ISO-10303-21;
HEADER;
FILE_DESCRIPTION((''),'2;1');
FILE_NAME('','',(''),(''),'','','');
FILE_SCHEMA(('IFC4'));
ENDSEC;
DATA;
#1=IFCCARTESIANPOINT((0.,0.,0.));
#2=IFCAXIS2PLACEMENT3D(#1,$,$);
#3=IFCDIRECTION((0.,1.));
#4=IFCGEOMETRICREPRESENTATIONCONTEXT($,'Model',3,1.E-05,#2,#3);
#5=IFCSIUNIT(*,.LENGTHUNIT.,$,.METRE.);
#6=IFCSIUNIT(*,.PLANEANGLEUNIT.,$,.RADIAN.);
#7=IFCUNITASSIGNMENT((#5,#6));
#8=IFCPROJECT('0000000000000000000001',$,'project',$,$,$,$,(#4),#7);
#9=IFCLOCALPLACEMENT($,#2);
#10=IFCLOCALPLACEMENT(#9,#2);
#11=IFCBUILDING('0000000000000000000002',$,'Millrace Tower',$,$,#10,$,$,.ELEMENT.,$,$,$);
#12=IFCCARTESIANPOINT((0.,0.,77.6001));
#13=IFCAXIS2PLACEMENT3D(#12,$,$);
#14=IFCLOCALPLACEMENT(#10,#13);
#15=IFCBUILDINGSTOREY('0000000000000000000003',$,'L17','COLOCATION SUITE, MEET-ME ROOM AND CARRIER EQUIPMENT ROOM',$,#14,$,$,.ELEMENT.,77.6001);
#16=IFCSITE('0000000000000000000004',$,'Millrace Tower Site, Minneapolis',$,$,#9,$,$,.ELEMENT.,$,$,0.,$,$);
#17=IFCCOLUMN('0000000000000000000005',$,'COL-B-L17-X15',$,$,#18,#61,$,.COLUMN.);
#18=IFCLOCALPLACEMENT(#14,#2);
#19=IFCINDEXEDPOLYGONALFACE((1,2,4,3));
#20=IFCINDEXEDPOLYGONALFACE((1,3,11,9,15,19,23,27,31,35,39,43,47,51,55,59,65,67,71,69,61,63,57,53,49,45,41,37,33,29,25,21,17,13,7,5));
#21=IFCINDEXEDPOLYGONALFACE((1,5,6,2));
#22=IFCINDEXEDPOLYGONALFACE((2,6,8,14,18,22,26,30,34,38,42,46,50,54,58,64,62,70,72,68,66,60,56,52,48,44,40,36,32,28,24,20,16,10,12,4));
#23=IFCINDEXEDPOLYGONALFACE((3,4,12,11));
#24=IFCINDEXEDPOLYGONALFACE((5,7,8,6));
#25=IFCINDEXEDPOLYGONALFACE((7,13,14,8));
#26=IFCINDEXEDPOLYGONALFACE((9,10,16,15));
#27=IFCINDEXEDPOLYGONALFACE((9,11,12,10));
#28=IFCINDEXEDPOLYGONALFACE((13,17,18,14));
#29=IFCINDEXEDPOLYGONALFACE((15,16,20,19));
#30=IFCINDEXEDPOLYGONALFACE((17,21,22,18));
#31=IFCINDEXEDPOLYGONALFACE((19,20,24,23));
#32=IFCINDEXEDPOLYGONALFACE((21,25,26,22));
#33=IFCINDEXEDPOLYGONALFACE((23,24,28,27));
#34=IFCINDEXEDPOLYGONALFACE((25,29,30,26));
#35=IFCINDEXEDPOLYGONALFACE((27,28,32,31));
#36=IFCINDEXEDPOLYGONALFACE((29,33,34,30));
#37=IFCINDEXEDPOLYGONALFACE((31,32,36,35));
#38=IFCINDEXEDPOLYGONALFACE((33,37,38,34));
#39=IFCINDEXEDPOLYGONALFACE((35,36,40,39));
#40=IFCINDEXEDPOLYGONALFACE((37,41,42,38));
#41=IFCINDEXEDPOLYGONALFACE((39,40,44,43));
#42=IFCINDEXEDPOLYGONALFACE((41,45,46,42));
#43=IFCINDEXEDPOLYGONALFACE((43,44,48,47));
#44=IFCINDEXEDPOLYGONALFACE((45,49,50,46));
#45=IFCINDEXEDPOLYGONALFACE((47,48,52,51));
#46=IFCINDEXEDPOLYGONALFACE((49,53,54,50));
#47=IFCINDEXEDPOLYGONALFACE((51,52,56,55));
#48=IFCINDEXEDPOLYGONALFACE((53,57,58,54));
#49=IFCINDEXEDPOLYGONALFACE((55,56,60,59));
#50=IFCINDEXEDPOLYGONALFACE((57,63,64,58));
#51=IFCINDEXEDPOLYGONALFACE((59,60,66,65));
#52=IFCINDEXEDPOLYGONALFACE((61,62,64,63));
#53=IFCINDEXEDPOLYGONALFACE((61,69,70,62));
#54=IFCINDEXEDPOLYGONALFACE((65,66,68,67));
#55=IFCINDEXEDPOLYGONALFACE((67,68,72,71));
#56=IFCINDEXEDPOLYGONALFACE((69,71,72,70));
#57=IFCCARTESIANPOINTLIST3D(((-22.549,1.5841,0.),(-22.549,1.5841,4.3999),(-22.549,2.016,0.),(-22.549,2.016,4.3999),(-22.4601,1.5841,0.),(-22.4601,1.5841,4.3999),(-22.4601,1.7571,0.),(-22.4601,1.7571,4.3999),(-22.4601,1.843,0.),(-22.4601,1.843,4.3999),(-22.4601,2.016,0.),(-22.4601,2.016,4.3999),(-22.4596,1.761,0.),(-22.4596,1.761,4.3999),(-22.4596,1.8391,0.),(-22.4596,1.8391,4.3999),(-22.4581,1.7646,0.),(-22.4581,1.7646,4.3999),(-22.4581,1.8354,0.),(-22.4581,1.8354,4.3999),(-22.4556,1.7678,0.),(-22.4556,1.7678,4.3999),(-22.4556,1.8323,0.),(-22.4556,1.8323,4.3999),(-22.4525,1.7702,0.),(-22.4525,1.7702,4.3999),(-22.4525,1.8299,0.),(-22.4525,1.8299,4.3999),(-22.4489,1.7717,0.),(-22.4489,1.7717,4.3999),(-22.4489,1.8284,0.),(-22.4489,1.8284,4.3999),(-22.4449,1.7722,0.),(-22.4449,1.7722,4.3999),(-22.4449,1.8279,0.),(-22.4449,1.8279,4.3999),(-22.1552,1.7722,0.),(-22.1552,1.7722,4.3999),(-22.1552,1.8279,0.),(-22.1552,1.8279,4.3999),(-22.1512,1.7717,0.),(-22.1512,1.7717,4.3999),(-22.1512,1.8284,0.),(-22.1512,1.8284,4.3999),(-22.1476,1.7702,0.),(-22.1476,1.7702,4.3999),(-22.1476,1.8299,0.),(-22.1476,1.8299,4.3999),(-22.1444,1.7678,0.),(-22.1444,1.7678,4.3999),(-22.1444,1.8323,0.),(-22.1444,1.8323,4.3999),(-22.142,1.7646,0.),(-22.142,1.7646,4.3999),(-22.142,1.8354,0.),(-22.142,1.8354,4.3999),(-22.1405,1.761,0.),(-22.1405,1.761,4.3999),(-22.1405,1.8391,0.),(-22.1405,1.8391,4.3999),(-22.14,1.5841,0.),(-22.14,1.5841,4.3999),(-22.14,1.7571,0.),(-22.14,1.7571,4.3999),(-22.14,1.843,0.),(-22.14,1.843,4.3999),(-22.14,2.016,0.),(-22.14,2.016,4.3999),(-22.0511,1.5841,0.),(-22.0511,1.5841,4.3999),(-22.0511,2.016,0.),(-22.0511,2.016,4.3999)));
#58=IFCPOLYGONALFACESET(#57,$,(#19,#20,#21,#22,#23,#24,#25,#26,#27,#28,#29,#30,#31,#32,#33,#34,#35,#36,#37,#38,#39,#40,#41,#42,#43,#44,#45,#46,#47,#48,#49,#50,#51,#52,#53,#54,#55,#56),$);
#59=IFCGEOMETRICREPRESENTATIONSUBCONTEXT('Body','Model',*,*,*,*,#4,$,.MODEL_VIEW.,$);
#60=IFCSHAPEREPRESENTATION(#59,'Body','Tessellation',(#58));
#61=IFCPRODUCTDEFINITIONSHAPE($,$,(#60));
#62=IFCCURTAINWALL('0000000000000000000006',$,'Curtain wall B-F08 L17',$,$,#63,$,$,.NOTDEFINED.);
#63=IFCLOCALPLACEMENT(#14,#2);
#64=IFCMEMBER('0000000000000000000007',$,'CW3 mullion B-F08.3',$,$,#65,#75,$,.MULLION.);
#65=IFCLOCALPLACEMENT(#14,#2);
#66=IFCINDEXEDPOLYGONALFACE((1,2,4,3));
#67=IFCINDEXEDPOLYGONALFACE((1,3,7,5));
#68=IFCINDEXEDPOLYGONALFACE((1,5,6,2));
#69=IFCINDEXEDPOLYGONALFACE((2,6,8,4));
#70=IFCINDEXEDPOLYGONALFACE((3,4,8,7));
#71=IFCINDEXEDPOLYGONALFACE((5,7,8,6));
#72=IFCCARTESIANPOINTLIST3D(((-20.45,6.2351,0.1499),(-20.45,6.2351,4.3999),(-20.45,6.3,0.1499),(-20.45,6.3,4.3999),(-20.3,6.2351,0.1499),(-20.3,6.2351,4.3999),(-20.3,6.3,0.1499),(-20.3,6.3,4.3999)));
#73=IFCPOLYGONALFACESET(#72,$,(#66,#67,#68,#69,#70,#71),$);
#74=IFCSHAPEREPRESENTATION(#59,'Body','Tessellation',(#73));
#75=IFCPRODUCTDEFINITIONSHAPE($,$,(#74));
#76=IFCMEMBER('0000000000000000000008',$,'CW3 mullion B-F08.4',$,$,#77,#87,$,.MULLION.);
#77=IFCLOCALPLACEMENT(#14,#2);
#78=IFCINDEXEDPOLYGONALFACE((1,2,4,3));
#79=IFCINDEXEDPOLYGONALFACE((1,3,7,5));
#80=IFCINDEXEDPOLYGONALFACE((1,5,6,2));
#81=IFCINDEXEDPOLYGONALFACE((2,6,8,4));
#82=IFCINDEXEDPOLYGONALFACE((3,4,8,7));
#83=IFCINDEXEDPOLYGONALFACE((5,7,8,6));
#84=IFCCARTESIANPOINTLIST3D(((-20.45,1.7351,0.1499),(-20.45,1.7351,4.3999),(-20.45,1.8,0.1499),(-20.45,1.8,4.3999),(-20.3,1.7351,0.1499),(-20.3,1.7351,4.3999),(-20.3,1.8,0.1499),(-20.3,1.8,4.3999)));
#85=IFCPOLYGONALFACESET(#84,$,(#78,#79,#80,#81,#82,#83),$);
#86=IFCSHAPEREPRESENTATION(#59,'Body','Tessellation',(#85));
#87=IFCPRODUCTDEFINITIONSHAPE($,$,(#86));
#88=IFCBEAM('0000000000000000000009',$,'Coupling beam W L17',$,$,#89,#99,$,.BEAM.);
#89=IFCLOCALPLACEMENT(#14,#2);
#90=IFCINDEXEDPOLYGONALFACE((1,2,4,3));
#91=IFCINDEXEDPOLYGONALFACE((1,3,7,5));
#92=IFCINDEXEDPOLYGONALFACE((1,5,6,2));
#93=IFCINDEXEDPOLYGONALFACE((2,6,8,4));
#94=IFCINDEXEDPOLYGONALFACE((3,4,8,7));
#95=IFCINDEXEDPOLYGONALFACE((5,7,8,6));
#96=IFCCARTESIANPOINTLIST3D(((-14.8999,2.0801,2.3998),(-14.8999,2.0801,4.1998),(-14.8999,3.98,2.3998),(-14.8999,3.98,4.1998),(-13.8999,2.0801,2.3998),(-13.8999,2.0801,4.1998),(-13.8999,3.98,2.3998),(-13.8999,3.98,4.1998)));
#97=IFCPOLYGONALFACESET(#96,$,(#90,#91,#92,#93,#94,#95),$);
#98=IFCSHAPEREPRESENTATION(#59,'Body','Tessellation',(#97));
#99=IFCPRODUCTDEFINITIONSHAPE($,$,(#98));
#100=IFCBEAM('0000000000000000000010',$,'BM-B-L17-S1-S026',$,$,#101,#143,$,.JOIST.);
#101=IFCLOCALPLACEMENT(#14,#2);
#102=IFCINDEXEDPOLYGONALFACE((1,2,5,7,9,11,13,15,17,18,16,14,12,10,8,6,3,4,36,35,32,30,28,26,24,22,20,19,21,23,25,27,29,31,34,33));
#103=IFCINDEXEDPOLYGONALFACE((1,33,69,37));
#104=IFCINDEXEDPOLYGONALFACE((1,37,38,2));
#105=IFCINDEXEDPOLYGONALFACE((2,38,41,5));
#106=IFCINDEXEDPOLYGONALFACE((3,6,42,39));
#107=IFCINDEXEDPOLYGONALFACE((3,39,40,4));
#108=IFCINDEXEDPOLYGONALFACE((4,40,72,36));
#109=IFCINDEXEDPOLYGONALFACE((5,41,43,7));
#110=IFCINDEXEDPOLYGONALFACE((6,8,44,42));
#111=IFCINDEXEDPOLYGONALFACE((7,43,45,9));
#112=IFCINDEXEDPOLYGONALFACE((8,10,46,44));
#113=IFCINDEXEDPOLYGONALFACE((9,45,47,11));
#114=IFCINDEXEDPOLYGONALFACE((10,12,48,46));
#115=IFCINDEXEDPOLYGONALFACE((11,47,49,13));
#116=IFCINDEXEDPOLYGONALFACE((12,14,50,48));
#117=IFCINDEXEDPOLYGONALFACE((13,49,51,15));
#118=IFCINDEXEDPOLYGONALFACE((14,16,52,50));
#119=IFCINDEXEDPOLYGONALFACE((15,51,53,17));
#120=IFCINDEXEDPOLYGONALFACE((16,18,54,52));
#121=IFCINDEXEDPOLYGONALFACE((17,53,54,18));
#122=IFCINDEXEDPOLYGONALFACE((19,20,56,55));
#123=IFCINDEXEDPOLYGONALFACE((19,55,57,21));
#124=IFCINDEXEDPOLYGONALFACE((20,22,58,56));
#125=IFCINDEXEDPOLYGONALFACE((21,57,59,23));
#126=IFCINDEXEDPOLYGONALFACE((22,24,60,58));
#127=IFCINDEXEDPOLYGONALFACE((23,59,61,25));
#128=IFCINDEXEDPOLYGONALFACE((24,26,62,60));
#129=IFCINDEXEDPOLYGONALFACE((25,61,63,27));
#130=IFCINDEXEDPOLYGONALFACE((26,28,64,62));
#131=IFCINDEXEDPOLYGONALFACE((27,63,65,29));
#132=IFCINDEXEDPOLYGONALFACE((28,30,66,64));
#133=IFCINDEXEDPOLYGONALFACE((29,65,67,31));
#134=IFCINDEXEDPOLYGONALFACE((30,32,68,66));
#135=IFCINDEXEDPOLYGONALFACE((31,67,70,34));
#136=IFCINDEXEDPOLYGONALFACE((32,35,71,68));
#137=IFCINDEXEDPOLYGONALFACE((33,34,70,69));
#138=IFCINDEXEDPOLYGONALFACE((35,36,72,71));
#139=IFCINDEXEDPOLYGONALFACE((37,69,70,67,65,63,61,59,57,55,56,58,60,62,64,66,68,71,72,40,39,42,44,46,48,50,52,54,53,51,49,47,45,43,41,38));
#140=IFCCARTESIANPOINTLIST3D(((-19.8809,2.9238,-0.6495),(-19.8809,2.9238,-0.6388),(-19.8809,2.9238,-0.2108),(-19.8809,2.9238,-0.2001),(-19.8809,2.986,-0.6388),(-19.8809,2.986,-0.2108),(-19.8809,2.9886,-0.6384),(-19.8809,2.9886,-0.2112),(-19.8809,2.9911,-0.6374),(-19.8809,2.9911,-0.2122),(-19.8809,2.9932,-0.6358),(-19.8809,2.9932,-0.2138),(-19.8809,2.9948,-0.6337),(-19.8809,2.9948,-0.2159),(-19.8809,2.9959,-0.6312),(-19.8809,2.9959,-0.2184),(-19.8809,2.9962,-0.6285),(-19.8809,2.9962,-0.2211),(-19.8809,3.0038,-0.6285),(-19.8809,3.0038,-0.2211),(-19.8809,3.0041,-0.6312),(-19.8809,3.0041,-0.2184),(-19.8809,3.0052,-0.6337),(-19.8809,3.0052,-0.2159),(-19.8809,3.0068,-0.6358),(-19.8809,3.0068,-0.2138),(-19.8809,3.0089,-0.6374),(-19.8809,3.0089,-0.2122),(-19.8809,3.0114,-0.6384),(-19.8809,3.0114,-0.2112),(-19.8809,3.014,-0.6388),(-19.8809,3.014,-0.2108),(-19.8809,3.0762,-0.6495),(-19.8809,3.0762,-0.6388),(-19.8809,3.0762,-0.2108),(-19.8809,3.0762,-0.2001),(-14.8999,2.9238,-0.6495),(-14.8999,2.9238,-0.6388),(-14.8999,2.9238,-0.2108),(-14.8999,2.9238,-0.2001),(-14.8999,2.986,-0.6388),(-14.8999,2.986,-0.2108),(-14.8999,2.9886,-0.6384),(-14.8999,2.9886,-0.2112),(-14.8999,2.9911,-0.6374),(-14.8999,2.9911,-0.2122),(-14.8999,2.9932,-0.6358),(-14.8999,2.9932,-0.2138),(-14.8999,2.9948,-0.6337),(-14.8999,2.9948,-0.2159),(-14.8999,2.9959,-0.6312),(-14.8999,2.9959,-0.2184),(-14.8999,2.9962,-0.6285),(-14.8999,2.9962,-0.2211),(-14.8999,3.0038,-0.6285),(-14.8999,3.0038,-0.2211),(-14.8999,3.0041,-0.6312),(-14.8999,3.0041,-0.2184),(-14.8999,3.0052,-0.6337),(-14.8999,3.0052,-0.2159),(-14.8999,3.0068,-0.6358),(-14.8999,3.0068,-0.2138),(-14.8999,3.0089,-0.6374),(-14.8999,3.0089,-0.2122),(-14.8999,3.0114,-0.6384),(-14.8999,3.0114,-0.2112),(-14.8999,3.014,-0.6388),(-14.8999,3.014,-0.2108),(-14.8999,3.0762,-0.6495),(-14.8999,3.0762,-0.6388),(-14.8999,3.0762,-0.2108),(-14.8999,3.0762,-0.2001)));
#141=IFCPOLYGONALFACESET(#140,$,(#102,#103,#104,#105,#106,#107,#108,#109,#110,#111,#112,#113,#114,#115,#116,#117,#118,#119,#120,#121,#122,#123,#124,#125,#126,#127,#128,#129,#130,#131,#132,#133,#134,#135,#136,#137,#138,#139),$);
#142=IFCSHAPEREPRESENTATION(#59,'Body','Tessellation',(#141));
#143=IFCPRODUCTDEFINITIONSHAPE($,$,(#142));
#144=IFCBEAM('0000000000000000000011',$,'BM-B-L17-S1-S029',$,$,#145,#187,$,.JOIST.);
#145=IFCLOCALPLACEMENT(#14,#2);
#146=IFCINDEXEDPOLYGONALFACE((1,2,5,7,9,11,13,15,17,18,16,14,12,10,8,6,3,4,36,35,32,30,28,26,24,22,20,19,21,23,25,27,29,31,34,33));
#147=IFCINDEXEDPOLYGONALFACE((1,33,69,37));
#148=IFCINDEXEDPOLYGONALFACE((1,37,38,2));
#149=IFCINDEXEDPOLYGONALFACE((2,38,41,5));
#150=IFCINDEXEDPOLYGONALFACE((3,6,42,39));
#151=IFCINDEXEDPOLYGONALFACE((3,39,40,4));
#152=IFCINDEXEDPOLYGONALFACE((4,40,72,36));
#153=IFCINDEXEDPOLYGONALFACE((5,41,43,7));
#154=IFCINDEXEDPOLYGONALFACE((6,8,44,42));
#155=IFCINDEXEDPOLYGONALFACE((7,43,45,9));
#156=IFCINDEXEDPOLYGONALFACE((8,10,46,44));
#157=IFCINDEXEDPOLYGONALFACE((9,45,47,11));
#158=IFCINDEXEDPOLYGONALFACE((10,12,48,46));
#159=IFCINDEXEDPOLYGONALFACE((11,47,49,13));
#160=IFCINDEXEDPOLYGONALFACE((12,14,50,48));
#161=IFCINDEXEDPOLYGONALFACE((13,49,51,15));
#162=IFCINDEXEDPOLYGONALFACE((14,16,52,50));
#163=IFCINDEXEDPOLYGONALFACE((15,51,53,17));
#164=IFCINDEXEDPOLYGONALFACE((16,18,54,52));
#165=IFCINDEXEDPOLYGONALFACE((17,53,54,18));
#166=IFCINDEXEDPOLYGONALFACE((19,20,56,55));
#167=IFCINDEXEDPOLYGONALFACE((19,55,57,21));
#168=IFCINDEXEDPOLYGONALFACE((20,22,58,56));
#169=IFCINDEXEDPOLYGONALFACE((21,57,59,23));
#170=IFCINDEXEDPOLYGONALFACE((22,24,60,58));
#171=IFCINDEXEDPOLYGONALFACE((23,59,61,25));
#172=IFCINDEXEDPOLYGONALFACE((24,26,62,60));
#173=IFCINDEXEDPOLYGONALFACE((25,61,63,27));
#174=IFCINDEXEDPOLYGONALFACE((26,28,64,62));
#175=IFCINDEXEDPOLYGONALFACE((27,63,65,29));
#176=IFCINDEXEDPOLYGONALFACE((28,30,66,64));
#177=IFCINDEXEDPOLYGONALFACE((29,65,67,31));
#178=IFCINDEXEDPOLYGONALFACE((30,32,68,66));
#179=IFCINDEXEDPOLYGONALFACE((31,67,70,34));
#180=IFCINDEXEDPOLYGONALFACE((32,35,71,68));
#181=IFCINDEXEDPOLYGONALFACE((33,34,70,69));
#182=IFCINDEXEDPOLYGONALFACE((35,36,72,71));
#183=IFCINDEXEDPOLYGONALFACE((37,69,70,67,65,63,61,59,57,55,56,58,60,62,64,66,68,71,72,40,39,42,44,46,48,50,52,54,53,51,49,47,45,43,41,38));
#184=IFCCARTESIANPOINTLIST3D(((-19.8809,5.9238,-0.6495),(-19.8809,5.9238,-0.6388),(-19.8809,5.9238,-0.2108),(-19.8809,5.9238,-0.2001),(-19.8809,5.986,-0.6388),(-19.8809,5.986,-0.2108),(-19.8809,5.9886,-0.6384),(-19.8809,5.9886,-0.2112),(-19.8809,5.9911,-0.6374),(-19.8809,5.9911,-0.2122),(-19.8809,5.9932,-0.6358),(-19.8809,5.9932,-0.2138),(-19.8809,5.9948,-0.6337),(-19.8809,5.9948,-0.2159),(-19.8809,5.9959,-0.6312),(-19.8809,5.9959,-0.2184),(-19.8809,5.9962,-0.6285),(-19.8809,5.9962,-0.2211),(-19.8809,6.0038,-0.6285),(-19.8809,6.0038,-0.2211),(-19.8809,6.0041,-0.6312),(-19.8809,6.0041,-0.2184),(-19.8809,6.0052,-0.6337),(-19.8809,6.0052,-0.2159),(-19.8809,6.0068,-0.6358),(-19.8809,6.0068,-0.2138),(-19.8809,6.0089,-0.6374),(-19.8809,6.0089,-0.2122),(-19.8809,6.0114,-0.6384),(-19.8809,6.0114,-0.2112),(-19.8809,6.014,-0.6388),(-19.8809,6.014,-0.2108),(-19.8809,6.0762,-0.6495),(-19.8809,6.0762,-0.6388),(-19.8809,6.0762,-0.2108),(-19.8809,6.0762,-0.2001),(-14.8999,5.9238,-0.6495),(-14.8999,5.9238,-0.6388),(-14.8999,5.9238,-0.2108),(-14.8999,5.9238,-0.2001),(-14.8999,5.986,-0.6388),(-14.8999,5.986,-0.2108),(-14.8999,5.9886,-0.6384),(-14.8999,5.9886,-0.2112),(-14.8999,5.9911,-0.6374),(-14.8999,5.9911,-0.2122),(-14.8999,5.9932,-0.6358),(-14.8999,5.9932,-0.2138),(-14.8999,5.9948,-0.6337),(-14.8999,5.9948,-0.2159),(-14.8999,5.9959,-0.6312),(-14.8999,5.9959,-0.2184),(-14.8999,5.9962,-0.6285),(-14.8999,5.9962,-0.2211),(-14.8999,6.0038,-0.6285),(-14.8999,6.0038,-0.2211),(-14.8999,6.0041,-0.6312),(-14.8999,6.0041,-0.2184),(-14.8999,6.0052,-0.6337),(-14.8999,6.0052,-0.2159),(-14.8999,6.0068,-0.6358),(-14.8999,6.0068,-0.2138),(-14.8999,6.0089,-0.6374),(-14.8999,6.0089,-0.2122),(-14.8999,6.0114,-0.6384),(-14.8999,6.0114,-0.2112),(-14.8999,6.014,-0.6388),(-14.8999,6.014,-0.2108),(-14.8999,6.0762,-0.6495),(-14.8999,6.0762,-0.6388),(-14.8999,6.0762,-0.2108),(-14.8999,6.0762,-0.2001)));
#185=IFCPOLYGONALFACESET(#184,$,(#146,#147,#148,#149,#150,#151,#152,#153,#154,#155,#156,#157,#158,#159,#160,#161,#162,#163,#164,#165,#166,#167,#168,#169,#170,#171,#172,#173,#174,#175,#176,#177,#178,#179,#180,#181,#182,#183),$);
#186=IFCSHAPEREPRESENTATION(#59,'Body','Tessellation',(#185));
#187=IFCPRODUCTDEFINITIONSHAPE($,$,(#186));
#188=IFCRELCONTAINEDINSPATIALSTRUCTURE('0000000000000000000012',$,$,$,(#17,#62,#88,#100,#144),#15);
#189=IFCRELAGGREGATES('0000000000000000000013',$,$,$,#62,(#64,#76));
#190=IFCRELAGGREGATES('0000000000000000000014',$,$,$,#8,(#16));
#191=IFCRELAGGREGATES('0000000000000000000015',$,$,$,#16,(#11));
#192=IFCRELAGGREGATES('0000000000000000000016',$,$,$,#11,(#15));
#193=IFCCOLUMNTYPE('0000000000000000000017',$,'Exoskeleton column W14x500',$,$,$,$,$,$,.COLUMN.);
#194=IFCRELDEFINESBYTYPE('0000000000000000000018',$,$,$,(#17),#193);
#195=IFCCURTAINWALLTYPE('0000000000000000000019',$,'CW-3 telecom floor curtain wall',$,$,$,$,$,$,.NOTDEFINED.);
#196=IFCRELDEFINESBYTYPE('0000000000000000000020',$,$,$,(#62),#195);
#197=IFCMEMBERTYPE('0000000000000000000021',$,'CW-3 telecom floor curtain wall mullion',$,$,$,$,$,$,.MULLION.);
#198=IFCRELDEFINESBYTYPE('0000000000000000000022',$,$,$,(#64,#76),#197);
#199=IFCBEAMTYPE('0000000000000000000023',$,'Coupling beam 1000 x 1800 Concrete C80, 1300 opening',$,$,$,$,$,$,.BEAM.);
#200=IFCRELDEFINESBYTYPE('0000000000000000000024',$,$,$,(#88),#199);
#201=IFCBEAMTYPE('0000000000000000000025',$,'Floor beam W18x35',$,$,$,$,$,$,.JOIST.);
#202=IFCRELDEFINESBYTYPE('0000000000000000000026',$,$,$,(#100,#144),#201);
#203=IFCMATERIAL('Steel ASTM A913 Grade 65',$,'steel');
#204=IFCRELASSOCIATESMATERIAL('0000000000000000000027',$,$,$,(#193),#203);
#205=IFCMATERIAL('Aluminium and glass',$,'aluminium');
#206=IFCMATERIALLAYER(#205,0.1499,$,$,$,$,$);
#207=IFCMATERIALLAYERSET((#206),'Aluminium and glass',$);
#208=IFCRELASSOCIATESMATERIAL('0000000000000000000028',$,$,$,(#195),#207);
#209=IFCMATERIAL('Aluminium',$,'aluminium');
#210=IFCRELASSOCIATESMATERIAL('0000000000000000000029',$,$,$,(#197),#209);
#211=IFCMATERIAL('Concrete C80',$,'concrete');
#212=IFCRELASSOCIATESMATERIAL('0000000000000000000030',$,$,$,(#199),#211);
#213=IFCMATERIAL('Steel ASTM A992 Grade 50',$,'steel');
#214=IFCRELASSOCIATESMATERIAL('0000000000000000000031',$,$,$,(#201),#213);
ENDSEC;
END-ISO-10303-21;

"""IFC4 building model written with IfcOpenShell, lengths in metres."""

from ifc_helpers import new_model, si_unit, direction, frame, origin, origin_2d, place, context, subcontext, project, spatial, rectangle, i_section, extrude, material, layer, layer_set, material_profile, profile_set, type_object, element, aggregate, save


model = new_model("IFC4")

# Units and contexts
model_context = context("Model", 3, precision=1e-05, world=origin(), true_north=direction((0.0, 1.0)))
body_context = subcontext(model_context, "Body", "Model", "MODEL_VIEW")
ifc_project = project(units=[si_unit("LENGTHUNIT", "METRE"), si_unit("PLANEANGLEUNIT", "RADIAN")], contexts=[model_context])

# Site, building, storey
site_placement = place(None, origin())
site = spatial("IfcSite", under=ifc_project, at=site_placement, Name="Millrace Tower Site, Minneapolis", CompositionType="ELEMENT", RefElevation=0.0)
building_placement = place(site_placement, origin())
building = spatial("IfcBuilding", under=site, at=building_placement, Name="Millrace Tower", CompositionType="ELEMENT")
storey_placement = place(building_placement, frame((0.0, 0.0, 77.6001)))
storey = spatial("IfcBuildingStorey", under=building, at=storey_placement, Name="L17", Description="COLOCATION SUITE, MEET-ME ROOM AND CARRIER EQUIPMENT ROOM", CompositionType="ELEMENT", Elevation=77.6001)

# Column
ifc_material_1 = material(Name="Steel ASTM A913 Grade 65", Category="steel")
ifc_material_profile_1 = material_profile(ifc_material_1, i_section(OverallWidth=0.4319, OverallDepth=0.4978, WebThickness=0.0557, FlangeThickness=0.0889, FilletRadius=0.0151, at=origin_2d()))
ifc_profile_set_1 = profile_set([ifc_material_profile_1], Name="Steel ASTM A913 Grade 65")
column_type = type_object("IfcColumnType", Name="Exoskeleton column W14x500", PredefinedType="COLUMN", material=ifc_profile_set_1)
column_placement = place(storey_placement, frame((-22.3, 1.8, 0.0), z_axis=(0.0, 0.0, 1.0), x_axis=(0.0, -1.0, 0.0)))
element("IfcColumn", 1, at=column_placement, inside=storey, type_object=column_type, Name="COL-B-L17-X15", PredefinedType="COLUMN", context=body_context, shape_type="SweptSolid", body=[
    extrude(i_section(OverallWidth=0.4319, OverallDepth=0.4978, WebThickness=0.0557, FlangeThickness=0.0889, FilletRadius=0.0151, at=origin_2d()), origin(), (0.0, 0.0, 1.0), 4.3999),
])

# Curtain wall, members
ifc_material_2 = material(Name="Aluminium and glass", Category="aluminium")
ifc_layer_1 = layer(ifc_material_2, 0.1499)
ifc_layer_set_1 = layer_set([ifc_layer_1], Name="Aluminium and glass")
curtain_wall_type = type_object("IfcCurtainWallType", Name="CW-3 telecom floor curtain wall", PredefinedType="NOTDEFINED", material=ifc_layer_set_1)
placement = place(storey_placement, origin())
curtain_wall = element("IfcCurtainWall", 2, at=placement, inside=storey, type_object=curtain_wall_type, Name="Curtain wall B-F08 L17", PredefinedType="NOTDEFINED")
ifc_material_3 = material(Name="Aluminium", Category="aluminium")
ifc_material_profile_2 = material_profile(ifc_material_3, rectangle(XDim=0.0649, YDim=0.1499, at=origin_2d()))
ifc_profile_set_2 = profile_set([ifc_material_profile_2], Name="Aluminium")
member_type = type_object("IfcMemberType", Name="CW-3 telecom floor curtain wall mullion", PredefinedType="MULLION", material=ifc_profile_set_2)
member_1_placement = place(storey_placement, frame((-20.375, 6.2676, 0.1499), z_axis=(0.0, 0.0, 1.0), x_axis=(0.0, -1.0, 0.0)))
member_1 = element("IfcMember", 3, at=member_1_placement, type_object=member_type, Name="CW3 mullion B-F08.3", PredefinedType="MULLION", context=body_context, shape_type="SweptSolid", body=[
    extrude(rectangle(XDim=0.0649, YDim=0.1499, at=origin_2d()), origin(), (0.0, 0.0, 1.0), 4.25),
])
member_2_placement = place(storey_placement, frame((-20.375, 1.7676, 0.1499), z_axis=(0.0, 0.0, 1.0), x_axis=(0.0, -1.0, 0.0)))
member_2 = element("IfcMember", 4, at=member_2_placement, type_object=member_type, Name="CW3 mullion B-F08.4", PredefinedType="MULLION", context=body_context, shape_type="SweptSolid", body=[
    extrude(rectangle(XDim=0.0649, YDim=0.1499, at=origin_2d()), origin(), (0.0, 0.0, 1.0), 4.25),
])
aggregate(curtain_wall, [member_1, member_2])

# Beams
ifc_material_4 = material(Name="Concrete C80", Category="concrete")
ifc_material_profile_3 = material_profile(ifc_material_4, rectangle(XDim=1.0, YDim=1.8, at=origin_2d()))
ifc_profile_set_3 = profile_set([ifc_material_profile_3], Name="Concrete C80")
beam_type_1 = type_object("IfcBeamType", Name="Coupling beam 1000 x 1800 Concrete C80, 1300 opening", PredefinedType="BEAM", material=ifc_profile_set_3)
beam_1_placement = place(storey_placement, frame((-14.3999, 2.0801, 3.2998), z_axis=(0.0, 1.0, 0.0), x_axis=(-1.0, 0.0, 0.0)))
element("IfcBeam", 5, at=beam_1_placement, inside=storey, type_object=beam_type_1, Name="Coupling beam W L17", PredefinedType="BEAM", context=body_context, shape_type="SweptSolid", body=[
    extrude(rectangle(XDim=1.0, YDim=1.8, at=origin_2d()), origin(), (0.0, 0.0, 1.0), 1.8999),
])
ifc_material_5 = material(Name="Steel ASTM A992 Grade 50", Category="steel")
ifc_material_profile_4 = material_profile(ifc_material_5, i_section(OverallWidth=0.1523, OverallDepth=0.4495, WebThickness=0.0076, FlangeThickness=0.0107, FilletRadius=0.0103, at=origin_2d()))
ifc_profile_set_4 = profile_set([ifc_material_profile_4], Name="Steel ASTM A992 Grade 50")
beam_type_2 = type_object("IfcBeamType", Name="Floor beam W18x35", PredefinedType="JOIST", material=ifc_profile_set_4)
for number, where, z_axis, x_axis, name in (
    (6, (-19.8809, 3.0, -0.4248), (1.0, 0.0, 0.0), (0.0, 1.0, 0.0), "BM-B-L17-S1-S026"),
    (7, (-19.8809, 6.0, -0.4248), (1.0, 0.0, 0.0), (0.0, 1.0, 0.0), "BM-B-L17-S1-S029"),
):
    element("IfcBeam", number, at=place(storey_placement, frame(where, z_axis=z_axis, x_axis=x_axis)), inside=storey, type_object=beam_type_2, Name=name, PredefinedType="JOIST", context=body_context, shape_type="SweptSolid", body=[
        extrude(i_section(OverallWidth=0.1523, OverallDepth=0.4495, WebThickness=0.0076, FlangeThickness=0.0107, FilletRadius=0.0103, at=origin_2d()), origin(), (0.0, 0.0, 1.0), 4.981),
    ])

save(model, "model.ifc")
